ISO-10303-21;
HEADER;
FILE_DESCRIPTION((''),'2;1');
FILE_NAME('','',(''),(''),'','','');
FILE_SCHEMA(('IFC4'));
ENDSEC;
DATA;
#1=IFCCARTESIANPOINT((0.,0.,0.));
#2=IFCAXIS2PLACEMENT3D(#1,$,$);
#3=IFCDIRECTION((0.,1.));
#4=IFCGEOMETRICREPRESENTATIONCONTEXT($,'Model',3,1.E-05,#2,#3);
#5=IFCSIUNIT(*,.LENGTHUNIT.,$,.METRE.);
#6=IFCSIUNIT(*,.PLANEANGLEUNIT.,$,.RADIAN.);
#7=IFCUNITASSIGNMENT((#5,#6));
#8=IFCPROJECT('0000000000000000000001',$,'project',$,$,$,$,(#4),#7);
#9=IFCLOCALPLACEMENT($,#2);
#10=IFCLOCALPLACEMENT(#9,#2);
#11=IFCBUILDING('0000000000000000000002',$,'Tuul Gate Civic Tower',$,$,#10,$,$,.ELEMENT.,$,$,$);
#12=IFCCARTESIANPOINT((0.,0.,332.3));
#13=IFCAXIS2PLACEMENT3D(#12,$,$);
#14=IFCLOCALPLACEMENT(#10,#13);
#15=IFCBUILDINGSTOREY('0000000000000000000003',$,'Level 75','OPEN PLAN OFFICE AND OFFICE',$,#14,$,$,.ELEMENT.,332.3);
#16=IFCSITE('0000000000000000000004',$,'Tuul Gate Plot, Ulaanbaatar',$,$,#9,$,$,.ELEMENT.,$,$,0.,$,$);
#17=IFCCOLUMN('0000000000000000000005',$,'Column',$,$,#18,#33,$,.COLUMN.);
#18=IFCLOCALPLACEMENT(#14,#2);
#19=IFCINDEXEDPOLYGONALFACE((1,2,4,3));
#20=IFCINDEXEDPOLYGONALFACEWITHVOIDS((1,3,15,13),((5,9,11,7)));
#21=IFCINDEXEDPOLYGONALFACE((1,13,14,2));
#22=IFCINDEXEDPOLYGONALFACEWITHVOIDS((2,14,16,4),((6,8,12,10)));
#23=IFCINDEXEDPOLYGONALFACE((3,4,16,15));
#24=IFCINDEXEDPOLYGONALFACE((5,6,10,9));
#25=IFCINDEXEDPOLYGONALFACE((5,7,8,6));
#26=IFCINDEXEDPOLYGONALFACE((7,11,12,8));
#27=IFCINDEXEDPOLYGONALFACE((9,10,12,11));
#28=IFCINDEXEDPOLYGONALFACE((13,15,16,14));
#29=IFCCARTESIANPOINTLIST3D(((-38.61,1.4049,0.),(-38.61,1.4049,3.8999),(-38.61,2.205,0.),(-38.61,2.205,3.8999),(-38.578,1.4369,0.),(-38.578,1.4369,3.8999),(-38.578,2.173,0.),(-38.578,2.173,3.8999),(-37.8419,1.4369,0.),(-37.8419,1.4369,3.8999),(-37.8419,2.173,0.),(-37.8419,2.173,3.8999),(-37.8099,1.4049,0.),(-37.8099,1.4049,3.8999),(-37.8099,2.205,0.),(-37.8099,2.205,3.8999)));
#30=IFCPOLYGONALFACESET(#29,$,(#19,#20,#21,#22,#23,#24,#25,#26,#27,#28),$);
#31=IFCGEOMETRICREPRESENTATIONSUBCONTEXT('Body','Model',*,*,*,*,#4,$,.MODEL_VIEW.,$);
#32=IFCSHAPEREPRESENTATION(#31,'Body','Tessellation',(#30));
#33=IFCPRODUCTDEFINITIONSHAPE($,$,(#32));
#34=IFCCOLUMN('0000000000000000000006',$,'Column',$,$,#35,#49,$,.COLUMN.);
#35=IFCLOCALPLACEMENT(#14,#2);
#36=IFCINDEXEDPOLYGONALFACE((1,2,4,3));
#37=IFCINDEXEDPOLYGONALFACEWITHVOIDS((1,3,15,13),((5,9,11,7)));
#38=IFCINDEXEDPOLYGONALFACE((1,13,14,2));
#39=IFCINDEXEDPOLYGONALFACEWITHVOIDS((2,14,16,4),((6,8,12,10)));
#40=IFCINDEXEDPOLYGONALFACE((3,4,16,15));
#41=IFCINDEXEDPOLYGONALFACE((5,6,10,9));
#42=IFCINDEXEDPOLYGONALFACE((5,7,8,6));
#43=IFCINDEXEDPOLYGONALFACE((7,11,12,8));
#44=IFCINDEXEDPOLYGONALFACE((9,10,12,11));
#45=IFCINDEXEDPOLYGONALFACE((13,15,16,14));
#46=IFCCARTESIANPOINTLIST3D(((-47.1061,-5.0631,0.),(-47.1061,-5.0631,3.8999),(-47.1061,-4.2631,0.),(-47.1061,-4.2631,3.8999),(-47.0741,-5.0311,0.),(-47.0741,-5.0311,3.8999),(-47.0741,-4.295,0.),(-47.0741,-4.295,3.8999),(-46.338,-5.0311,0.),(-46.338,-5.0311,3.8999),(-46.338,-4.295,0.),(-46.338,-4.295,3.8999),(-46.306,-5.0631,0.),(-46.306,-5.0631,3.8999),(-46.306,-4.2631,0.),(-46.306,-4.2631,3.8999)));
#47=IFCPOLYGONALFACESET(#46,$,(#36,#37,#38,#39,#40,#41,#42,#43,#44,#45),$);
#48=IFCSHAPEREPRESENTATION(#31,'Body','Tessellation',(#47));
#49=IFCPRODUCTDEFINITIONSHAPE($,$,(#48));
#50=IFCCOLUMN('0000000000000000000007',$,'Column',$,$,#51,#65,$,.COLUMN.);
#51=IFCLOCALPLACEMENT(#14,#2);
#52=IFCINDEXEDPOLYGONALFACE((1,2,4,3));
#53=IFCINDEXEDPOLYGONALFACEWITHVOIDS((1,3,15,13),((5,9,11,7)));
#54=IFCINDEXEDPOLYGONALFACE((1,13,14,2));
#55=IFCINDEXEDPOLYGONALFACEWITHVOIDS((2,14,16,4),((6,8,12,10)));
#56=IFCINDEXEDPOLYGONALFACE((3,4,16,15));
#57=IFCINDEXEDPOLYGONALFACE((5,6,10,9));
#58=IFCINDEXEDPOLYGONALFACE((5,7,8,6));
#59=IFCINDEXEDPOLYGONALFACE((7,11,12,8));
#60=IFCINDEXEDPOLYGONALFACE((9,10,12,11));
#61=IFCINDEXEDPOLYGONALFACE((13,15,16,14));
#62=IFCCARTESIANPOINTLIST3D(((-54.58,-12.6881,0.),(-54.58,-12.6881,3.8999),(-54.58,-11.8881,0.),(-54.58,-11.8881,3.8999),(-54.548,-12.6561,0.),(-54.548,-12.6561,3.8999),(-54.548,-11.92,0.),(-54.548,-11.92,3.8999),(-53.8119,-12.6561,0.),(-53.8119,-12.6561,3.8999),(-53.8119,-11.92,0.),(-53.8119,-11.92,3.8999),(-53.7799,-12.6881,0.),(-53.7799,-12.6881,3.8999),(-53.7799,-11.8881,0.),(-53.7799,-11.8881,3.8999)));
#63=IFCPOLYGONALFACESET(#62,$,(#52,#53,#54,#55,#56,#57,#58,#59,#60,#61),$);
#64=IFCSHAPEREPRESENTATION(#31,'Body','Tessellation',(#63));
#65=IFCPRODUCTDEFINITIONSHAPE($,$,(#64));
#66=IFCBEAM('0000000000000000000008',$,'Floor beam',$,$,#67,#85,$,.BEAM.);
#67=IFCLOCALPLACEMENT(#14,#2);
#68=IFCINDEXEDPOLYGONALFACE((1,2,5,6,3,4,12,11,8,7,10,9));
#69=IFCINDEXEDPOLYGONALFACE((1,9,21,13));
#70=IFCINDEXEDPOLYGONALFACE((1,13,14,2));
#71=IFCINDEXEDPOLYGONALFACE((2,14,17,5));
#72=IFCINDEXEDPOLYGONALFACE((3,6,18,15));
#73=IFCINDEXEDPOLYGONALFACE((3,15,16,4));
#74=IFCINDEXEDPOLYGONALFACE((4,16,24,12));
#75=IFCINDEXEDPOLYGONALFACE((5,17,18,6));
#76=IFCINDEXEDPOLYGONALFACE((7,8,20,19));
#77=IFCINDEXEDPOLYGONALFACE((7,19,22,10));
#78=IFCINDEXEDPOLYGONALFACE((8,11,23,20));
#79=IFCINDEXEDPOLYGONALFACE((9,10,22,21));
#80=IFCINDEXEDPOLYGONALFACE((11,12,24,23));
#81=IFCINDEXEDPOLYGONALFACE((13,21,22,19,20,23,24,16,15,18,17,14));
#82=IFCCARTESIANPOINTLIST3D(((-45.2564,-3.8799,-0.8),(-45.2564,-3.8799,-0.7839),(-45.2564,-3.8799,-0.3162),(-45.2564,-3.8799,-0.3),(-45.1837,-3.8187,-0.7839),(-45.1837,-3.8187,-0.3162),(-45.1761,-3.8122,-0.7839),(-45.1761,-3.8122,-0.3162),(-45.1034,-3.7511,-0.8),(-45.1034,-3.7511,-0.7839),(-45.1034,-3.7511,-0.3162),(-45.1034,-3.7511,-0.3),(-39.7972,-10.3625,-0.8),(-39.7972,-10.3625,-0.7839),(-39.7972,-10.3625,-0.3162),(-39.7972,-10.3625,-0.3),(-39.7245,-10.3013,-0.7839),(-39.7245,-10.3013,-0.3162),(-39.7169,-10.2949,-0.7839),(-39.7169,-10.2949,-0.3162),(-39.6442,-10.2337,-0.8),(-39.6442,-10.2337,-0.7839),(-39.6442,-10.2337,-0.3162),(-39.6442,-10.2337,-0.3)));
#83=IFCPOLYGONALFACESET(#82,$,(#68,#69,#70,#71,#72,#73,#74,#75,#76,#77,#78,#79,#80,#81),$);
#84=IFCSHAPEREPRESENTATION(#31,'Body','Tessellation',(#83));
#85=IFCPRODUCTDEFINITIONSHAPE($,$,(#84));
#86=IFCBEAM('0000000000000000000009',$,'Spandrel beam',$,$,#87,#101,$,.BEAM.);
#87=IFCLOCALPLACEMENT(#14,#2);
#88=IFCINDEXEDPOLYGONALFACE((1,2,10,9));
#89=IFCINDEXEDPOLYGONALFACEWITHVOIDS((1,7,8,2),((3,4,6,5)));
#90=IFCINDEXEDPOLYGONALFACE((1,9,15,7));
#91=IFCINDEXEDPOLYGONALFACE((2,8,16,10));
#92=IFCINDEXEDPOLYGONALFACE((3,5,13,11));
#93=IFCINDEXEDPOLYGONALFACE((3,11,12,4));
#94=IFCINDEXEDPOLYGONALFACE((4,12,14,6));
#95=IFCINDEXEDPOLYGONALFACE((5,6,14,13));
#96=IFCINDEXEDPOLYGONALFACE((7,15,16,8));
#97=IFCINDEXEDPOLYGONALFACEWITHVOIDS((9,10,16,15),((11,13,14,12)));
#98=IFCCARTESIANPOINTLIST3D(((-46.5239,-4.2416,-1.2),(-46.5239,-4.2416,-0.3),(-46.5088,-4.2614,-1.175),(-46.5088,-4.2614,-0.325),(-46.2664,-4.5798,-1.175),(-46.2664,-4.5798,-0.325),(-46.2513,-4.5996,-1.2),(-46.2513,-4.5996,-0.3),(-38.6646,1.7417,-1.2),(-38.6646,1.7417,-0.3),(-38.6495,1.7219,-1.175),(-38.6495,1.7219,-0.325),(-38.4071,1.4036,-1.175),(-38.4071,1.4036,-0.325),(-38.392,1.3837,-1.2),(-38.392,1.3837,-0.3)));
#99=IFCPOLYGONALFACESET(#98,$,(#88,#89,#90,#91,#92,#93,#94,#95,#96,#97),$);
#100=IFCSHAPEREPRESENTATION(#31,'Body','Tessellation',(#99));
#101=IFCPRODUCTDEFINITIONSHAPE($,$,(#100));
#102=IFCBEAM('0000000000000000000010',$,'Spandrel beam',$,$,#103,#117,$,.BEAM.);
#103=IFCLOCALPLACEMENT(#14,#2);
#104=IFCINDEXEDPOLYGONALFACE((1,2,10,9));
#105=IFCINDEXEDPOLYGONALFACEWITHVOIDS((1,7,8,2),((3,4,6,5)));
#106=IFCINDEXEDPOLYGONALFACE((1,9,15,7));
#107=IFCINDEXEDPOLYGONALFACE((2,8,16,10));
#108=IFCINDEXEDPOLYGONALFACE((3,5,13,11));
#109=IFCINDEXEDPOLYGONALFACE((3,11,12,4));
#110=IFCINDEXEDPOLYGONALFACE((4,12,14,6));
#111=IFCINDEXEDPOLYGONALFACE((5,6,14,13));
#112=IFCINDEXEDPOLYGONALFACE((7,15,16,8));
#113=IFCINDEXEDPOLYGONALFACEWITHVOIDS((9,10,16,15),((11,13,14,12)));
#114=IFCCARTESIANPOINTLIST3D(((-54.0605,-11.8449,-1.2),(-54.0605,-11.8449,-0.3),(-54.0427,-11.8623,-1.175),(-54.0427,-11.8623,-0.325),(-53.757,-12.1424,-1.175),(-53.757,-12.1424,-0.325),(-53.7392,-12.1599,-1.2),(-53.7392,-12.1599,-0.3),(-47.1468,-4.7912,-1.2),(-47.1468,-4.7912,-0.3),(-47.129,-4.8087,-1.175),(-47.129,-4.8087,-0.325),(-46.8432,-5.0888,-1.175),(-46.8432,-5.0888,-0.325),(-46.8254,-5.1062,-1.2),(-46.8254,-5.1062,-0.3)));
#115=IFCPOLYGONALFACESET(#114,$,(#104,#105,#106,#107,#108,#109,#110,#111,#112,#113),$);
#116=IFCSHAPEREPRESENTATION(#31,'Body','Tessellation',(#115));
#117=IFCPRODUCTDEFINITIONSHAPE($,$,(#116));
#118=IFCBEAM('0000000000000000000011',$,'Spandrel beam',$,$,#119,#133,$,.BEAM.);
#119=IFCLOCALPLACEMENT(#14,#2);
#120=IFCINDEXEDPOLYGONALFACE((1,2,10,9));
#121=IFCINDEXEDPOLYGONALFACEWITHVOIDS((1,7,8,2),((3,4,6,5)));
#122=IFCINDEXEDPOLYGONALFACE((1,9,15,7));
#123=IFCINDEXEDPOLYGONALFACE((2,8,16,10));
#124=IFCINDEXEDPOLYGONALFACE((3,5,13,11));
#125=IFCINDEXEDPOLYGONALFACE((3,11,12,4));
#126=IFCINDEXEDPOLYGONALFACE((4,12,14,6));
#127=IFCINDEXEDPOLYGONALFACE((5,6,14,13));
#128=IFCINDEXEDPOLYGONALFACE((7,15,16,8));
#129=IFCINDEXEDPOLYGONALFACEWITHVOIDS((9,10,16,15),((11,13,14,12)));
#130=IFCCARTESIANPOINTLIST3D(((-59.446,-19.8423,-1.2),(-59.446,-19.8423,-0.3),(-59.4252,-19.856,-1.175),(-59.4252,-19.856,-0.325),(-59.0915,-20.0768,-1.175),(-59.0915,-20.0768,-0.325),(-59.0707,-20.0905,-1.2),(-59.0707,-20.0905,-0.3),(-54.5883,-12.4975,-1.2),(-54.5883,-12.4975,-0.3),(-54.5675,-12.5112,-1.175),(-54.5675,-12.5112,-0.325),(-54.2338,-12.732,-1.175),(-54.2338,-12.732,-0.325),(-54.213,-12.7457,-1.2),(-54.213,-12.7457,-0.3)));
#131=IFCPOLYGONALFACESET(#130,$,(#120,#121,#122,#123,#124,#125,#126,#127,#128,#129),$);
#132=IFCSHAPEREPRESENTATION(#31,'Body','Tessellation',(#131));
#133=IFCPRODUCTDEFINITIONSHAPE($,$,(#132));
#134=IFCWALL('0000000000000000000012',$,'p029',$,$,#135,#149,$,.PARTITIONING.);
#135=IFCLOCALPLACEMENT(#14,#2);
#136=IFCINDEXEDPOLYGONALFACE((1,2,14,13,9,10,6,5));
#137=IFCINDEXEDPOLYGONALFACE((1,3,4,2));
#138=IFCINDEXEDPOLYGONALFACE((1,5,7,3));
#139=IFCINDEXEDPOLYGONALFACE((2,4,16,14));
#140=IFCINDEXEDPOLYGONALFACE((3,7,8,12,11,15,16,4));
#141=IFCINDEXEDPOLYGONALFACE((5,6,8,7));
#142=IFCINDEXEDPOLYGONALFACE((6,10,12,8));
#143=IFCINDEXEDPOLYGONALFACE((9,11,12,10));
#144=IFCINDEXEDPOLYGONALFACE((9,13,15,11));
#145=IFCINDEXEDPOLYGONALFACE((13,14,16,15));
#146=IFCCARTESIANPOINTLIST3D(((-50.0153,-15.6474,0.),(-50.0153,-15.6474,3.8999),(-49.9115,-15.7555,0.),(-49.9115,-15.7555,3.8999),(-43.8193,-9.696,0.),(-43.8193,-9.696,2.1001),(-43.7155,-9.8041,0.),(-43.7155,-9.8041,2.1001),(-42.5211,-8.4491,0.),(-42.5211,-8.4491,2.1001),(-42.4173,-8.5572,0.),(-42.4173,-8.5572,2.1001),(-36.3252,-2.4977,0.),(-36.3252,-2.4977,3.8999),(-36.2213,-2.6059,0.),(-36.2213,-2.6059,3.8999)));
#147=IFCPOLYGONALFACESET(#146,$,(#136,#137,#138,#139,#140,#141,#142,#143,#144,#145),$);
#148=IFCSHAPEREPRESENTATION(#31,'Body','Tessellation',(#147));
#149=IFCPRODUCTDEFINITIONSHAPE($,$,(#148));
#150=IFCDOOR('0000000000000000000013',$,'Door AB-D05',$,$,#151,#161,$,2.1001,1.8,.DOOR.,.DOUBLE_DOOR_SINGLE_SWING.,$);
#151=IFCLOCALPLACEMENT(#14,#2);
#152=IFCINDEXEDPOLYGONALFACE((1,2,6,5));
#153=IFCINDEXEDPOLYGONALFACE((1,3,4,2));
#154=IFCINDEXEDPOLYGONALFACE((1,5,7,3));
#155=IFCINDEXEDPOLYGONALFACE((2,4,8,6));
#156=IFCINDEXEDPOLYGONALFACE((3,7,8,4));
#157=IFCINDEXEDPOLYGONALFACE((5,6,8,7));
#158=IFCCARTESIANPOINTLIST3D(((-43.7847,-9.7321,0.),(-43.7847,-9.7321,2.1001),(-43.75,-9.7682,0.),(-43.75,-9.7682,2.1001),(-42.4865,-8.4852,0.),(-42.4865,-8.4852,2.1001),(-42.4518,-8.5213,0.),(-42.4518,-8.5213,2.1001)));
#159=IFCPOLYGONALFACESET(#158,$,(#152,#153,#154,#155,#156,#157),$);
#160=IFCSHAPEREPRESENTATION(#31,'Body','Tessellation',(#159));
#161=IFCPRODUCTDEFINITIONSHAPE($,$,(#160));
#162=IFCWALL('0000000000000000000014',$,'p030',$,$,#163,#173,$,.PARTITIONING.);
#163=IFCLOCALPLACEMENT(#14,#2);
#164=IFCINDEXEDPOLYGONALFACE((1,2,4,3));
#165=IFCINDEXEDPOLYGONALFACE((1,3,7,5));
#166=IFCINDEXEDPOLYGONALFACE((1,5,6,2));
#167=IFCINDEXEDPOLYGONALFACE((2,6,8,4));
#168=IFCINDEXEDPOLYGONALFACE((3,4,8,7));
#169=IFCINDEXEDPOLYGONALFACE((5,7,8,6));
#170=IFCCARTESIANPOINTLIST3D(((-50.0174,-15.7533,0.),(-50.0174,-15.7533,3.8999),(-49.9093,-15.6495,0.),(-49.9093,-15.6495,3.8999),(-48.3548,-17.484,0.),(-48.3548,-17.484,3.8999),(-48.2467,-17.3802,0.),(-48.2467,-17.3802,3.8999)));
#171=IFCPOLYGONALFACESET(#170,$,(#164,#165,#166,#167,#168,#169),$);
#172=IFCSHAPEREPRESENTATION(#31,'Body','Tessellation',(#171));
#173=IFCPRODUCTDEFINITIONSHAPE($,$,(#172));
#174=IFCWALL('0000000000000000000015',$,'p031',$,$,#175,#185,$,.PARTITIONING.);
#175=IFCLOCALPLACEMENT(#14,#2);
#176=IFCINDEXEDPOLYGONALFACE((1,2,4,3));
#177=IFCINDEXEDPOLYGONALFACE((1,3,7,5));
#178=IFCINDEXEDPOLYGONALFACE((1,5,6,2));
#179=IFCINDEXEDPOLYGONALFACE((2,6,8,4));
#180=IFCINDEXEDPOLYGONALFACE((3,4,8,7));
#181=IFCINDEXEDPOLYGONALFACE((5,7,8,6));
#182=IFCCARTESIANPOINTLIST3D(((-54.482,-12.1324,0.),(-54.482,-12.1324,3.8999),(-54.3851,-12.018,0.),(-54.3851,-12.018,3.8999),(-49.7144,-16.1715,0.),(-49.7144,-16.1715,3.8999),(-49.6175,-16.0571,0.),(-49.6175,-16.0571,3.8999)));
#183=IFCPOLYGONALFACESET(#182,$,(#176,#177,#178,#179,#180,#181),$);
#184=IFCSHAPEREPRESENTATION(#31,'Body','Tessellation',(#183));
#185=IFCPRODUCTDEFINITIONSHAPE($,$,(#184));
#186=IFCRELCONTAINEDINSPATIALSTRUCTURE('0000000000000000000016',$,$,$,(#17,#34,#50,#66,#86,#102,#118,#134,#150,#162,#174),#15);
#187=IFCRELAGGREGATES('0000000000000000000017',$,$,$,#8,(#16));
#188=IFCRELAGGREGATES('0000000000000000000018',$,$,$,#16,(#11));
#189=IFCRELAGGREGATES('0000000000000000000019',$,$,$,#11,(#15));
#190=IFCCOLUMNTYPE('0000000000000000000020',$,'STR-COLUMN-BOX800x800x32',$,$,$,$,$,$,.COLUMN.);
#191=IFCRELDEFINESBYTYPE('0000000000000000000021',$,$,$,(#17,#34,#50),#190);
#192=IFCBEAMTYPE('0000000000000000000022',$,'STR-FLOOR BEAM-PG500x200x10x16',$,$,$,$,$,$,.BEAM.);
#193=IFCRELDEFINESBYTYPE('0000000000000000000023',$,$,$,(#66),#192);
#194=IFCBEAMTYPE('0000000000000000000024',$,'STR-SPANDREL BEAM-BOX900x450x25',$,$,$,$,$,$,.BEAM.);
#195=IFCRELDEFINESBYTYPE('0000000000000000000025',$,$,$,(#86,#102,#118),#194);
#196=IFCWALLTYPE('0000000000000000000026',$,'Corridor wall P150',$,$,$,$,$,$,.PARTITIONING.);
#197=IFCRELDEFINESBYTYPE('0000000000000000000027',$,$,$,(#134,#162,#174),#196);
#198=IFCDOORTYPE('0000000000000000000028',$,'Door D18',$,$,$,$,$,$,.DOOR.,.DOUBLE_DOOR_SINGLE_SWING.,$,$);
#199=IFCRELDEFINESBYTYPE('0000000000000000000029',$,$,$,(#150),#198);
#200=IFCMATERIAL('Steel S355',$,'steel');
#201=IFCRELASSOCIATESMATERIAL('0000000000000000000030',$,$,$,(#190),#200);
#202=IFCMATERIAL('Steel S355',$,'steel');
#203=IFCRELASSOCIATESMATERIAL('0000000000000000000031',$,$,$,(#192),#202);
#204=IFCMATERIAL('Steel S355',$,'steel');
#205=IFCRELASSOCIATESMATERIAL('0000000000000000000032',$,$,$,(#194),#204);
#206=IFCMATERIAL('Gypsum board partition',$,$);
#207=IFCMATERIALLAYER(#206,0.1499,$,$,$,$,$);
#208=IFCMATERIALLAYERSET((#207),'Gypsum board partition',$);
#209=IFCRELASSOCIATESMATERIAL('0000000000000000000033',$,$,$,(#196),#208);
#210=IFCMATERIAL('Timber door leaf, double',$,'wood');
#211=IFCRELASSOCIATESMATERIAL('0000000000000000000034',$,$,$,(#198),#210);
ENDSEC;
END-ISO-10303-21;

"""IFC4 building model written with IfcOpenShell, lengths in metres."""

from ifc_helpers import new_model, si_unit, direction, frame, frame_2d, origin, origin_2d, place, context, subcontext, project, spatial, rectangle, hollow_rectangle, i_section, extrude, material, layer, layer_set, material_profile, profile_set, type_object, element, fill, save


model = new_model("IFC4")

# Units and contexts
model_context = context("Model", 3, precision=1e-05, world=origin(), true_north=direction((0.0, 1.0)))
body_context = subcontext(model_context, "Body", "Model", "MODEL_VIEW")
ifc_project = project(units=[si_unit("LENGTHUNIT", "METRE"), si_unit("PLANEANGLEUNIT", "RADIAN")], contexts=[model_context])

# Site, building, storey
site_placement = place(None, origin())
site = spatial("IfcSite", under=ifc_project, at=site_placement, Name="Tuul Gate Plot, Ulaanbaatar", CompositionType="ELEMENT", RefElevation=0.0)
building_placement = place(site_placement, origin())
building = spatial("IfcBuilding", under=site, at=building_placement, Name="Tuul Gate Civic Tower", CompositionType="ELEMENT")
storey_placement = place(building_placement, frame((0.0, 0.0, 332.3)))
storey = spatial("IfcBuildingStorey", under=building, at=storey_placement, Name="Level 75", Description="OPEN PLAN OFFICE AND OFFICE", CompositionType="ELEMENT", Elevation=332.3)

# Columns
ifc_material_1 = material(Name="Steel S355", Category="steel")
ifc_material_profile_1 = material_profile(ifc_material_1, hollow_rectangle(XDim=0.8, YDim=0.8, WallThickness=0.032, at=origin_2d()), Name="BOX800x800x32")
ifc_profile_set_1 = profile_set([ifc_material_profile_1], Name="Steel S355")
column_type = type_object("IfcColumnType", Name="STR-COLUMN-BOX800x800x32", PredefinedType="COLUMN", material=ifc_profile_set_1)
for number, where, z_axis, x_axis, name in (
    (1, (-38.21, 1.8049, 0.0), (0.0, 0.0, 1.0), (1.0, 0.0, 0.0), "Column"),
    (2, (-46.7061, -4.6631, 0.0), (0.0, 0.0, 1.0), (1.0, 0.0, 0.0), "Column"),
    (3, (-54.1799, -12.2881, 0.0), (0.0, 0.0, 1.0), (1.0, 0.0, 0.0), "Column"),
):
    element("IfcColumn", number, at=place(storey_placement, frame(where, z_axis=z_axis, x_axis=x_axis)), inside=storey, type_object=column_type, Name=name, PredefinedType="COLUMN", context=body_context, shape_type="SweptSolid", body=[
        extrude(hollow_rectangle(XDim=0.8, YDim=0.8, WallThickness=0.032, at=origin_2d()), origin(), (0.0, 0.0, 1.0), 3.8999),
    ])

# Beams
ifc_material_2 = material(Name="Steel S355", Category="steel")
ifc_material_profile_2 = material_profile(ifc_material_2, i_section(OverallWidth=0.2, OverallDepth=0.5, WebThickness=0.01, FlangeThickness=0.0161, at=origin_2d()), Name="PG500x200x10x16")
ifc_profile_set_2 = profile_set([ifc_material_profile_2], Name="Steel S355")
beam_type_1 = type_object("IfcBeamType", Name="STR-FLOOR BEAM-PG500x200x10x16", PredefinedType="BEAM", material=ifc_profile_set_2)
beam_1_placement = place(storey_placement, frame((-39.7207, -10.2981, -0.55), z_axis=(-0.644146, 0.764903, 0.0), x_axis=(-0.764903, -0.644146, 0.0)))
element("IfcBeam", 4, at=beam_1_placement, inside=storey, type_object=beam_type_1, Name="Floor beam", PredefinedType="BEAM", context=body_context, shape_type="SweptSolid", body=[
    extrude(i_section(OverallWidth=0.2, OverallDepth=0.5, WebThickness=0.01, FlangeThickness=0.0161, at=origin_2d()), origin(), (0.0, 0.0, 1.0), 8.4751),
])
ifc_material_3 = material(Name="Steel S355", Category="steel")
ifc_material_profile_3 = material_profile(ifc_material_3, hollow_rectangle(XDim=0.45, YDim=0.8999, WallThickness=0.0249, at=origin_2d()), Name="BOX900x450x25")
ifc_profile_set_3 = profile_set([ifc_material_profile_3], Name="Steel S355")
beam_type_2 = type_object("IfcBeamType", Name="STR-SPANDREL BEAM-BOX900x450x25", PredefinedType="BEAM", material=ifc_profile_set_3)
beam_2_placement = place(storey_placement, frame((-38.5283, 1.5627, -0.75), z_axis=(-0.795661, -0.605742, 0.0), x_axis=(0.605742, -0.795661, 0.0)))
element("IfcBeam", 5, at=beam_2_placement, inside=storey, type_object=beam_type_2, Name="Spandrel beam", PredefinedType="BEAM", context=body_context, shape_type="SweptSolid", body=[
    extrude(hollow_rectangle(XDim=0.45, YDim=0.8999, WallThickness=0.0249, at=origin_2d()), origin(), (0.0, 0.0, 1.0), 9.8777),
])
beam_3_placement = place(storey_placement, frame((-46.9861, -4.9487, -0.75), z_axis=(-0.69999, -0.714153, 0.0), x_axis=(0.714153, -0.69999, 0.0)))
element("IfcBeam", 6, at=beam_3_placement, inside=storey, type_object=beam_type_2, Name="Spandrel beam", PredefinedType="BEAM", context=body_context, shape_type="SweptSolid", body=[
    extrude(hollow_rectangle(XDim=0.45, YDim=0.8999, WallThickness=0.0249, at=origin_2d()), origin(), (0.0, 0.0, 1.0), 9.877),
])
beam_4_placement = place(storey_placement, frame((-54.4006, -12.6216, -0.75), z_axis=(-0.551645, -0.834079, 0.0), x_axis=(0.834079, -0.551645, 0.0)))
element("IfcBeam", 7, at=beam_4_placement, inside=storey, type_object=beam_type_2, Name="Spandrel beam", PredefinedType="BEAM", context=body_context, shape_type="SweptSolid", body=[
    extrude(hollow_rectangle(XDim=0.45, YDim=0.8999, WallThickness=0.0249, at=origin_2d()), origin(), (0.0, 0.0, 1.0), 8.8059),
])

# Wall, opening, door
ifc_material_4 = material(Name="Gypsum board partition")
ifc_layer_1 = layer(ifc_material_4, 0.1499)
ifc_layer_set_1 = layer_set([ifc_layer_1], Name="Gypsum board partition")
wall_type_1 = type_object("IfcWallType", Name="Corridor wall P150", PredefinedType="PARTITIONING", material=ifc_layer_set_1)
wall_1_placement = place(storey_placement, frame((-49.9634, -15.7014, 0.0), z_axis=(0.0, 0.0, 1.0), x_axis=(0.721201, 0.692726, 0.0)))
wall_1 = element("IfcWall", 8, at=wall_1_placement, inside=storey, type_object=wall_type_1, Name="p029", PredefinedType="PARTITIONING", context=body_context, shape_type="SweptSolid", body=[
    extrude(rectangle(XDim=18.9824, YDim=0.1499, at=frame_2d((9.4912, 0.0))), origin(), (0.0, 0.0, 1.0), 3.8999),
])
opening_1_placement = place(wall_1_placement, frame((8.5913, 0.0, 0.0)))
opening_1 = element("IfcOpeningElement", 9, at=opening_1_placement, cuts=wall_1, PredefinedType="OPENING", context=body_context, shape_type="SweptSolid", body=[
    extrude(rectangle(XDim=1.8, YDim=2.1001, at=frame_2d((0.8999, 1.05))), frame((0.0, 0.085, 0.0), z_axis=(0.0, -1.0, 0.0), x_axis=(1.0, 0.0, 0.0)), (0.0, 0.0, 1.0), 0.1699),
])
ifc_material_5 = material(Name="Timber door leaf, double", Category="wood")
door_type = type_object("IfcDoorType", Name="Door D18", OperationType="DOUBLE_DOOR_SINGLE_SWING", PredefinedType="DOOR", material=ifc_material_5)
door_placement = place(opening_1_placement, origin())
door = element("IfcDoor", 10, at=door_placement, inside=storey, type_object=door_type, Name="Door AB-D05", OperationType="DOUBLE_DOOR_SINGLE_SWING", OverallHeight=2.1001, OverallWidth=1.8, PredefinedType="DOOR", context=body_context, shape_type="SweptSolid", body=[
    extrude(rectangle(XDim=1.8, YDim=2.1001, at=frame_2d((0.8999, 1.05))), frame((0.0, 0.0249, 0.0), z_axis=(0.0, -1.0, 0.0), x_axis=(1.0, 0.0, 0.0)), (0.0, 0.0, 1.0), 0.05),
])
fill(opening_1, door)

# Walls
wall_2_placement = place(storey_placement, frame((-49.9634, -15.7014, 0.0), z_axis=(0.0, 0.0, 1.0), x_axis=(0.692773, -0.721156, 0.0)))
element("IfcWall", 11, at=wall_2_placement, inside=storey, type_object=wall_type_1, Name="p030", PredefinedType="PARTITIONING", context=body_context, shape_type="SweptSolid", body=[
    extrude(rectangle(XDim=2.3999, YDim=0.1499, at=frame_2d((1.2, 0.0))), origin(), (0.0, 0.0, 1.0), 3.8999),
])
wall_3_placement = place(storey_placement, frame((-54.4336, -12.0752, 0.0), z_axis=(0.0, 0.0, 1.0), x_axis=(0.762995, -0.646405, 0.0)))
element("IfcWall", 12, at=wall_3_placement, inside=storey, type_object=wall_type_1, Name="p031", PredefinedType="PARTITIONING", context=body_context, shape_type="SweptSolid", body=[
    extrude(rectangle(XDim=6.2485, YDim=0.1499, at=frame_2d((3.1243, 0.0))), origin(), (0.0, 0.0, 1.0), 3.8999),
])

save(model, "model.ifc")
